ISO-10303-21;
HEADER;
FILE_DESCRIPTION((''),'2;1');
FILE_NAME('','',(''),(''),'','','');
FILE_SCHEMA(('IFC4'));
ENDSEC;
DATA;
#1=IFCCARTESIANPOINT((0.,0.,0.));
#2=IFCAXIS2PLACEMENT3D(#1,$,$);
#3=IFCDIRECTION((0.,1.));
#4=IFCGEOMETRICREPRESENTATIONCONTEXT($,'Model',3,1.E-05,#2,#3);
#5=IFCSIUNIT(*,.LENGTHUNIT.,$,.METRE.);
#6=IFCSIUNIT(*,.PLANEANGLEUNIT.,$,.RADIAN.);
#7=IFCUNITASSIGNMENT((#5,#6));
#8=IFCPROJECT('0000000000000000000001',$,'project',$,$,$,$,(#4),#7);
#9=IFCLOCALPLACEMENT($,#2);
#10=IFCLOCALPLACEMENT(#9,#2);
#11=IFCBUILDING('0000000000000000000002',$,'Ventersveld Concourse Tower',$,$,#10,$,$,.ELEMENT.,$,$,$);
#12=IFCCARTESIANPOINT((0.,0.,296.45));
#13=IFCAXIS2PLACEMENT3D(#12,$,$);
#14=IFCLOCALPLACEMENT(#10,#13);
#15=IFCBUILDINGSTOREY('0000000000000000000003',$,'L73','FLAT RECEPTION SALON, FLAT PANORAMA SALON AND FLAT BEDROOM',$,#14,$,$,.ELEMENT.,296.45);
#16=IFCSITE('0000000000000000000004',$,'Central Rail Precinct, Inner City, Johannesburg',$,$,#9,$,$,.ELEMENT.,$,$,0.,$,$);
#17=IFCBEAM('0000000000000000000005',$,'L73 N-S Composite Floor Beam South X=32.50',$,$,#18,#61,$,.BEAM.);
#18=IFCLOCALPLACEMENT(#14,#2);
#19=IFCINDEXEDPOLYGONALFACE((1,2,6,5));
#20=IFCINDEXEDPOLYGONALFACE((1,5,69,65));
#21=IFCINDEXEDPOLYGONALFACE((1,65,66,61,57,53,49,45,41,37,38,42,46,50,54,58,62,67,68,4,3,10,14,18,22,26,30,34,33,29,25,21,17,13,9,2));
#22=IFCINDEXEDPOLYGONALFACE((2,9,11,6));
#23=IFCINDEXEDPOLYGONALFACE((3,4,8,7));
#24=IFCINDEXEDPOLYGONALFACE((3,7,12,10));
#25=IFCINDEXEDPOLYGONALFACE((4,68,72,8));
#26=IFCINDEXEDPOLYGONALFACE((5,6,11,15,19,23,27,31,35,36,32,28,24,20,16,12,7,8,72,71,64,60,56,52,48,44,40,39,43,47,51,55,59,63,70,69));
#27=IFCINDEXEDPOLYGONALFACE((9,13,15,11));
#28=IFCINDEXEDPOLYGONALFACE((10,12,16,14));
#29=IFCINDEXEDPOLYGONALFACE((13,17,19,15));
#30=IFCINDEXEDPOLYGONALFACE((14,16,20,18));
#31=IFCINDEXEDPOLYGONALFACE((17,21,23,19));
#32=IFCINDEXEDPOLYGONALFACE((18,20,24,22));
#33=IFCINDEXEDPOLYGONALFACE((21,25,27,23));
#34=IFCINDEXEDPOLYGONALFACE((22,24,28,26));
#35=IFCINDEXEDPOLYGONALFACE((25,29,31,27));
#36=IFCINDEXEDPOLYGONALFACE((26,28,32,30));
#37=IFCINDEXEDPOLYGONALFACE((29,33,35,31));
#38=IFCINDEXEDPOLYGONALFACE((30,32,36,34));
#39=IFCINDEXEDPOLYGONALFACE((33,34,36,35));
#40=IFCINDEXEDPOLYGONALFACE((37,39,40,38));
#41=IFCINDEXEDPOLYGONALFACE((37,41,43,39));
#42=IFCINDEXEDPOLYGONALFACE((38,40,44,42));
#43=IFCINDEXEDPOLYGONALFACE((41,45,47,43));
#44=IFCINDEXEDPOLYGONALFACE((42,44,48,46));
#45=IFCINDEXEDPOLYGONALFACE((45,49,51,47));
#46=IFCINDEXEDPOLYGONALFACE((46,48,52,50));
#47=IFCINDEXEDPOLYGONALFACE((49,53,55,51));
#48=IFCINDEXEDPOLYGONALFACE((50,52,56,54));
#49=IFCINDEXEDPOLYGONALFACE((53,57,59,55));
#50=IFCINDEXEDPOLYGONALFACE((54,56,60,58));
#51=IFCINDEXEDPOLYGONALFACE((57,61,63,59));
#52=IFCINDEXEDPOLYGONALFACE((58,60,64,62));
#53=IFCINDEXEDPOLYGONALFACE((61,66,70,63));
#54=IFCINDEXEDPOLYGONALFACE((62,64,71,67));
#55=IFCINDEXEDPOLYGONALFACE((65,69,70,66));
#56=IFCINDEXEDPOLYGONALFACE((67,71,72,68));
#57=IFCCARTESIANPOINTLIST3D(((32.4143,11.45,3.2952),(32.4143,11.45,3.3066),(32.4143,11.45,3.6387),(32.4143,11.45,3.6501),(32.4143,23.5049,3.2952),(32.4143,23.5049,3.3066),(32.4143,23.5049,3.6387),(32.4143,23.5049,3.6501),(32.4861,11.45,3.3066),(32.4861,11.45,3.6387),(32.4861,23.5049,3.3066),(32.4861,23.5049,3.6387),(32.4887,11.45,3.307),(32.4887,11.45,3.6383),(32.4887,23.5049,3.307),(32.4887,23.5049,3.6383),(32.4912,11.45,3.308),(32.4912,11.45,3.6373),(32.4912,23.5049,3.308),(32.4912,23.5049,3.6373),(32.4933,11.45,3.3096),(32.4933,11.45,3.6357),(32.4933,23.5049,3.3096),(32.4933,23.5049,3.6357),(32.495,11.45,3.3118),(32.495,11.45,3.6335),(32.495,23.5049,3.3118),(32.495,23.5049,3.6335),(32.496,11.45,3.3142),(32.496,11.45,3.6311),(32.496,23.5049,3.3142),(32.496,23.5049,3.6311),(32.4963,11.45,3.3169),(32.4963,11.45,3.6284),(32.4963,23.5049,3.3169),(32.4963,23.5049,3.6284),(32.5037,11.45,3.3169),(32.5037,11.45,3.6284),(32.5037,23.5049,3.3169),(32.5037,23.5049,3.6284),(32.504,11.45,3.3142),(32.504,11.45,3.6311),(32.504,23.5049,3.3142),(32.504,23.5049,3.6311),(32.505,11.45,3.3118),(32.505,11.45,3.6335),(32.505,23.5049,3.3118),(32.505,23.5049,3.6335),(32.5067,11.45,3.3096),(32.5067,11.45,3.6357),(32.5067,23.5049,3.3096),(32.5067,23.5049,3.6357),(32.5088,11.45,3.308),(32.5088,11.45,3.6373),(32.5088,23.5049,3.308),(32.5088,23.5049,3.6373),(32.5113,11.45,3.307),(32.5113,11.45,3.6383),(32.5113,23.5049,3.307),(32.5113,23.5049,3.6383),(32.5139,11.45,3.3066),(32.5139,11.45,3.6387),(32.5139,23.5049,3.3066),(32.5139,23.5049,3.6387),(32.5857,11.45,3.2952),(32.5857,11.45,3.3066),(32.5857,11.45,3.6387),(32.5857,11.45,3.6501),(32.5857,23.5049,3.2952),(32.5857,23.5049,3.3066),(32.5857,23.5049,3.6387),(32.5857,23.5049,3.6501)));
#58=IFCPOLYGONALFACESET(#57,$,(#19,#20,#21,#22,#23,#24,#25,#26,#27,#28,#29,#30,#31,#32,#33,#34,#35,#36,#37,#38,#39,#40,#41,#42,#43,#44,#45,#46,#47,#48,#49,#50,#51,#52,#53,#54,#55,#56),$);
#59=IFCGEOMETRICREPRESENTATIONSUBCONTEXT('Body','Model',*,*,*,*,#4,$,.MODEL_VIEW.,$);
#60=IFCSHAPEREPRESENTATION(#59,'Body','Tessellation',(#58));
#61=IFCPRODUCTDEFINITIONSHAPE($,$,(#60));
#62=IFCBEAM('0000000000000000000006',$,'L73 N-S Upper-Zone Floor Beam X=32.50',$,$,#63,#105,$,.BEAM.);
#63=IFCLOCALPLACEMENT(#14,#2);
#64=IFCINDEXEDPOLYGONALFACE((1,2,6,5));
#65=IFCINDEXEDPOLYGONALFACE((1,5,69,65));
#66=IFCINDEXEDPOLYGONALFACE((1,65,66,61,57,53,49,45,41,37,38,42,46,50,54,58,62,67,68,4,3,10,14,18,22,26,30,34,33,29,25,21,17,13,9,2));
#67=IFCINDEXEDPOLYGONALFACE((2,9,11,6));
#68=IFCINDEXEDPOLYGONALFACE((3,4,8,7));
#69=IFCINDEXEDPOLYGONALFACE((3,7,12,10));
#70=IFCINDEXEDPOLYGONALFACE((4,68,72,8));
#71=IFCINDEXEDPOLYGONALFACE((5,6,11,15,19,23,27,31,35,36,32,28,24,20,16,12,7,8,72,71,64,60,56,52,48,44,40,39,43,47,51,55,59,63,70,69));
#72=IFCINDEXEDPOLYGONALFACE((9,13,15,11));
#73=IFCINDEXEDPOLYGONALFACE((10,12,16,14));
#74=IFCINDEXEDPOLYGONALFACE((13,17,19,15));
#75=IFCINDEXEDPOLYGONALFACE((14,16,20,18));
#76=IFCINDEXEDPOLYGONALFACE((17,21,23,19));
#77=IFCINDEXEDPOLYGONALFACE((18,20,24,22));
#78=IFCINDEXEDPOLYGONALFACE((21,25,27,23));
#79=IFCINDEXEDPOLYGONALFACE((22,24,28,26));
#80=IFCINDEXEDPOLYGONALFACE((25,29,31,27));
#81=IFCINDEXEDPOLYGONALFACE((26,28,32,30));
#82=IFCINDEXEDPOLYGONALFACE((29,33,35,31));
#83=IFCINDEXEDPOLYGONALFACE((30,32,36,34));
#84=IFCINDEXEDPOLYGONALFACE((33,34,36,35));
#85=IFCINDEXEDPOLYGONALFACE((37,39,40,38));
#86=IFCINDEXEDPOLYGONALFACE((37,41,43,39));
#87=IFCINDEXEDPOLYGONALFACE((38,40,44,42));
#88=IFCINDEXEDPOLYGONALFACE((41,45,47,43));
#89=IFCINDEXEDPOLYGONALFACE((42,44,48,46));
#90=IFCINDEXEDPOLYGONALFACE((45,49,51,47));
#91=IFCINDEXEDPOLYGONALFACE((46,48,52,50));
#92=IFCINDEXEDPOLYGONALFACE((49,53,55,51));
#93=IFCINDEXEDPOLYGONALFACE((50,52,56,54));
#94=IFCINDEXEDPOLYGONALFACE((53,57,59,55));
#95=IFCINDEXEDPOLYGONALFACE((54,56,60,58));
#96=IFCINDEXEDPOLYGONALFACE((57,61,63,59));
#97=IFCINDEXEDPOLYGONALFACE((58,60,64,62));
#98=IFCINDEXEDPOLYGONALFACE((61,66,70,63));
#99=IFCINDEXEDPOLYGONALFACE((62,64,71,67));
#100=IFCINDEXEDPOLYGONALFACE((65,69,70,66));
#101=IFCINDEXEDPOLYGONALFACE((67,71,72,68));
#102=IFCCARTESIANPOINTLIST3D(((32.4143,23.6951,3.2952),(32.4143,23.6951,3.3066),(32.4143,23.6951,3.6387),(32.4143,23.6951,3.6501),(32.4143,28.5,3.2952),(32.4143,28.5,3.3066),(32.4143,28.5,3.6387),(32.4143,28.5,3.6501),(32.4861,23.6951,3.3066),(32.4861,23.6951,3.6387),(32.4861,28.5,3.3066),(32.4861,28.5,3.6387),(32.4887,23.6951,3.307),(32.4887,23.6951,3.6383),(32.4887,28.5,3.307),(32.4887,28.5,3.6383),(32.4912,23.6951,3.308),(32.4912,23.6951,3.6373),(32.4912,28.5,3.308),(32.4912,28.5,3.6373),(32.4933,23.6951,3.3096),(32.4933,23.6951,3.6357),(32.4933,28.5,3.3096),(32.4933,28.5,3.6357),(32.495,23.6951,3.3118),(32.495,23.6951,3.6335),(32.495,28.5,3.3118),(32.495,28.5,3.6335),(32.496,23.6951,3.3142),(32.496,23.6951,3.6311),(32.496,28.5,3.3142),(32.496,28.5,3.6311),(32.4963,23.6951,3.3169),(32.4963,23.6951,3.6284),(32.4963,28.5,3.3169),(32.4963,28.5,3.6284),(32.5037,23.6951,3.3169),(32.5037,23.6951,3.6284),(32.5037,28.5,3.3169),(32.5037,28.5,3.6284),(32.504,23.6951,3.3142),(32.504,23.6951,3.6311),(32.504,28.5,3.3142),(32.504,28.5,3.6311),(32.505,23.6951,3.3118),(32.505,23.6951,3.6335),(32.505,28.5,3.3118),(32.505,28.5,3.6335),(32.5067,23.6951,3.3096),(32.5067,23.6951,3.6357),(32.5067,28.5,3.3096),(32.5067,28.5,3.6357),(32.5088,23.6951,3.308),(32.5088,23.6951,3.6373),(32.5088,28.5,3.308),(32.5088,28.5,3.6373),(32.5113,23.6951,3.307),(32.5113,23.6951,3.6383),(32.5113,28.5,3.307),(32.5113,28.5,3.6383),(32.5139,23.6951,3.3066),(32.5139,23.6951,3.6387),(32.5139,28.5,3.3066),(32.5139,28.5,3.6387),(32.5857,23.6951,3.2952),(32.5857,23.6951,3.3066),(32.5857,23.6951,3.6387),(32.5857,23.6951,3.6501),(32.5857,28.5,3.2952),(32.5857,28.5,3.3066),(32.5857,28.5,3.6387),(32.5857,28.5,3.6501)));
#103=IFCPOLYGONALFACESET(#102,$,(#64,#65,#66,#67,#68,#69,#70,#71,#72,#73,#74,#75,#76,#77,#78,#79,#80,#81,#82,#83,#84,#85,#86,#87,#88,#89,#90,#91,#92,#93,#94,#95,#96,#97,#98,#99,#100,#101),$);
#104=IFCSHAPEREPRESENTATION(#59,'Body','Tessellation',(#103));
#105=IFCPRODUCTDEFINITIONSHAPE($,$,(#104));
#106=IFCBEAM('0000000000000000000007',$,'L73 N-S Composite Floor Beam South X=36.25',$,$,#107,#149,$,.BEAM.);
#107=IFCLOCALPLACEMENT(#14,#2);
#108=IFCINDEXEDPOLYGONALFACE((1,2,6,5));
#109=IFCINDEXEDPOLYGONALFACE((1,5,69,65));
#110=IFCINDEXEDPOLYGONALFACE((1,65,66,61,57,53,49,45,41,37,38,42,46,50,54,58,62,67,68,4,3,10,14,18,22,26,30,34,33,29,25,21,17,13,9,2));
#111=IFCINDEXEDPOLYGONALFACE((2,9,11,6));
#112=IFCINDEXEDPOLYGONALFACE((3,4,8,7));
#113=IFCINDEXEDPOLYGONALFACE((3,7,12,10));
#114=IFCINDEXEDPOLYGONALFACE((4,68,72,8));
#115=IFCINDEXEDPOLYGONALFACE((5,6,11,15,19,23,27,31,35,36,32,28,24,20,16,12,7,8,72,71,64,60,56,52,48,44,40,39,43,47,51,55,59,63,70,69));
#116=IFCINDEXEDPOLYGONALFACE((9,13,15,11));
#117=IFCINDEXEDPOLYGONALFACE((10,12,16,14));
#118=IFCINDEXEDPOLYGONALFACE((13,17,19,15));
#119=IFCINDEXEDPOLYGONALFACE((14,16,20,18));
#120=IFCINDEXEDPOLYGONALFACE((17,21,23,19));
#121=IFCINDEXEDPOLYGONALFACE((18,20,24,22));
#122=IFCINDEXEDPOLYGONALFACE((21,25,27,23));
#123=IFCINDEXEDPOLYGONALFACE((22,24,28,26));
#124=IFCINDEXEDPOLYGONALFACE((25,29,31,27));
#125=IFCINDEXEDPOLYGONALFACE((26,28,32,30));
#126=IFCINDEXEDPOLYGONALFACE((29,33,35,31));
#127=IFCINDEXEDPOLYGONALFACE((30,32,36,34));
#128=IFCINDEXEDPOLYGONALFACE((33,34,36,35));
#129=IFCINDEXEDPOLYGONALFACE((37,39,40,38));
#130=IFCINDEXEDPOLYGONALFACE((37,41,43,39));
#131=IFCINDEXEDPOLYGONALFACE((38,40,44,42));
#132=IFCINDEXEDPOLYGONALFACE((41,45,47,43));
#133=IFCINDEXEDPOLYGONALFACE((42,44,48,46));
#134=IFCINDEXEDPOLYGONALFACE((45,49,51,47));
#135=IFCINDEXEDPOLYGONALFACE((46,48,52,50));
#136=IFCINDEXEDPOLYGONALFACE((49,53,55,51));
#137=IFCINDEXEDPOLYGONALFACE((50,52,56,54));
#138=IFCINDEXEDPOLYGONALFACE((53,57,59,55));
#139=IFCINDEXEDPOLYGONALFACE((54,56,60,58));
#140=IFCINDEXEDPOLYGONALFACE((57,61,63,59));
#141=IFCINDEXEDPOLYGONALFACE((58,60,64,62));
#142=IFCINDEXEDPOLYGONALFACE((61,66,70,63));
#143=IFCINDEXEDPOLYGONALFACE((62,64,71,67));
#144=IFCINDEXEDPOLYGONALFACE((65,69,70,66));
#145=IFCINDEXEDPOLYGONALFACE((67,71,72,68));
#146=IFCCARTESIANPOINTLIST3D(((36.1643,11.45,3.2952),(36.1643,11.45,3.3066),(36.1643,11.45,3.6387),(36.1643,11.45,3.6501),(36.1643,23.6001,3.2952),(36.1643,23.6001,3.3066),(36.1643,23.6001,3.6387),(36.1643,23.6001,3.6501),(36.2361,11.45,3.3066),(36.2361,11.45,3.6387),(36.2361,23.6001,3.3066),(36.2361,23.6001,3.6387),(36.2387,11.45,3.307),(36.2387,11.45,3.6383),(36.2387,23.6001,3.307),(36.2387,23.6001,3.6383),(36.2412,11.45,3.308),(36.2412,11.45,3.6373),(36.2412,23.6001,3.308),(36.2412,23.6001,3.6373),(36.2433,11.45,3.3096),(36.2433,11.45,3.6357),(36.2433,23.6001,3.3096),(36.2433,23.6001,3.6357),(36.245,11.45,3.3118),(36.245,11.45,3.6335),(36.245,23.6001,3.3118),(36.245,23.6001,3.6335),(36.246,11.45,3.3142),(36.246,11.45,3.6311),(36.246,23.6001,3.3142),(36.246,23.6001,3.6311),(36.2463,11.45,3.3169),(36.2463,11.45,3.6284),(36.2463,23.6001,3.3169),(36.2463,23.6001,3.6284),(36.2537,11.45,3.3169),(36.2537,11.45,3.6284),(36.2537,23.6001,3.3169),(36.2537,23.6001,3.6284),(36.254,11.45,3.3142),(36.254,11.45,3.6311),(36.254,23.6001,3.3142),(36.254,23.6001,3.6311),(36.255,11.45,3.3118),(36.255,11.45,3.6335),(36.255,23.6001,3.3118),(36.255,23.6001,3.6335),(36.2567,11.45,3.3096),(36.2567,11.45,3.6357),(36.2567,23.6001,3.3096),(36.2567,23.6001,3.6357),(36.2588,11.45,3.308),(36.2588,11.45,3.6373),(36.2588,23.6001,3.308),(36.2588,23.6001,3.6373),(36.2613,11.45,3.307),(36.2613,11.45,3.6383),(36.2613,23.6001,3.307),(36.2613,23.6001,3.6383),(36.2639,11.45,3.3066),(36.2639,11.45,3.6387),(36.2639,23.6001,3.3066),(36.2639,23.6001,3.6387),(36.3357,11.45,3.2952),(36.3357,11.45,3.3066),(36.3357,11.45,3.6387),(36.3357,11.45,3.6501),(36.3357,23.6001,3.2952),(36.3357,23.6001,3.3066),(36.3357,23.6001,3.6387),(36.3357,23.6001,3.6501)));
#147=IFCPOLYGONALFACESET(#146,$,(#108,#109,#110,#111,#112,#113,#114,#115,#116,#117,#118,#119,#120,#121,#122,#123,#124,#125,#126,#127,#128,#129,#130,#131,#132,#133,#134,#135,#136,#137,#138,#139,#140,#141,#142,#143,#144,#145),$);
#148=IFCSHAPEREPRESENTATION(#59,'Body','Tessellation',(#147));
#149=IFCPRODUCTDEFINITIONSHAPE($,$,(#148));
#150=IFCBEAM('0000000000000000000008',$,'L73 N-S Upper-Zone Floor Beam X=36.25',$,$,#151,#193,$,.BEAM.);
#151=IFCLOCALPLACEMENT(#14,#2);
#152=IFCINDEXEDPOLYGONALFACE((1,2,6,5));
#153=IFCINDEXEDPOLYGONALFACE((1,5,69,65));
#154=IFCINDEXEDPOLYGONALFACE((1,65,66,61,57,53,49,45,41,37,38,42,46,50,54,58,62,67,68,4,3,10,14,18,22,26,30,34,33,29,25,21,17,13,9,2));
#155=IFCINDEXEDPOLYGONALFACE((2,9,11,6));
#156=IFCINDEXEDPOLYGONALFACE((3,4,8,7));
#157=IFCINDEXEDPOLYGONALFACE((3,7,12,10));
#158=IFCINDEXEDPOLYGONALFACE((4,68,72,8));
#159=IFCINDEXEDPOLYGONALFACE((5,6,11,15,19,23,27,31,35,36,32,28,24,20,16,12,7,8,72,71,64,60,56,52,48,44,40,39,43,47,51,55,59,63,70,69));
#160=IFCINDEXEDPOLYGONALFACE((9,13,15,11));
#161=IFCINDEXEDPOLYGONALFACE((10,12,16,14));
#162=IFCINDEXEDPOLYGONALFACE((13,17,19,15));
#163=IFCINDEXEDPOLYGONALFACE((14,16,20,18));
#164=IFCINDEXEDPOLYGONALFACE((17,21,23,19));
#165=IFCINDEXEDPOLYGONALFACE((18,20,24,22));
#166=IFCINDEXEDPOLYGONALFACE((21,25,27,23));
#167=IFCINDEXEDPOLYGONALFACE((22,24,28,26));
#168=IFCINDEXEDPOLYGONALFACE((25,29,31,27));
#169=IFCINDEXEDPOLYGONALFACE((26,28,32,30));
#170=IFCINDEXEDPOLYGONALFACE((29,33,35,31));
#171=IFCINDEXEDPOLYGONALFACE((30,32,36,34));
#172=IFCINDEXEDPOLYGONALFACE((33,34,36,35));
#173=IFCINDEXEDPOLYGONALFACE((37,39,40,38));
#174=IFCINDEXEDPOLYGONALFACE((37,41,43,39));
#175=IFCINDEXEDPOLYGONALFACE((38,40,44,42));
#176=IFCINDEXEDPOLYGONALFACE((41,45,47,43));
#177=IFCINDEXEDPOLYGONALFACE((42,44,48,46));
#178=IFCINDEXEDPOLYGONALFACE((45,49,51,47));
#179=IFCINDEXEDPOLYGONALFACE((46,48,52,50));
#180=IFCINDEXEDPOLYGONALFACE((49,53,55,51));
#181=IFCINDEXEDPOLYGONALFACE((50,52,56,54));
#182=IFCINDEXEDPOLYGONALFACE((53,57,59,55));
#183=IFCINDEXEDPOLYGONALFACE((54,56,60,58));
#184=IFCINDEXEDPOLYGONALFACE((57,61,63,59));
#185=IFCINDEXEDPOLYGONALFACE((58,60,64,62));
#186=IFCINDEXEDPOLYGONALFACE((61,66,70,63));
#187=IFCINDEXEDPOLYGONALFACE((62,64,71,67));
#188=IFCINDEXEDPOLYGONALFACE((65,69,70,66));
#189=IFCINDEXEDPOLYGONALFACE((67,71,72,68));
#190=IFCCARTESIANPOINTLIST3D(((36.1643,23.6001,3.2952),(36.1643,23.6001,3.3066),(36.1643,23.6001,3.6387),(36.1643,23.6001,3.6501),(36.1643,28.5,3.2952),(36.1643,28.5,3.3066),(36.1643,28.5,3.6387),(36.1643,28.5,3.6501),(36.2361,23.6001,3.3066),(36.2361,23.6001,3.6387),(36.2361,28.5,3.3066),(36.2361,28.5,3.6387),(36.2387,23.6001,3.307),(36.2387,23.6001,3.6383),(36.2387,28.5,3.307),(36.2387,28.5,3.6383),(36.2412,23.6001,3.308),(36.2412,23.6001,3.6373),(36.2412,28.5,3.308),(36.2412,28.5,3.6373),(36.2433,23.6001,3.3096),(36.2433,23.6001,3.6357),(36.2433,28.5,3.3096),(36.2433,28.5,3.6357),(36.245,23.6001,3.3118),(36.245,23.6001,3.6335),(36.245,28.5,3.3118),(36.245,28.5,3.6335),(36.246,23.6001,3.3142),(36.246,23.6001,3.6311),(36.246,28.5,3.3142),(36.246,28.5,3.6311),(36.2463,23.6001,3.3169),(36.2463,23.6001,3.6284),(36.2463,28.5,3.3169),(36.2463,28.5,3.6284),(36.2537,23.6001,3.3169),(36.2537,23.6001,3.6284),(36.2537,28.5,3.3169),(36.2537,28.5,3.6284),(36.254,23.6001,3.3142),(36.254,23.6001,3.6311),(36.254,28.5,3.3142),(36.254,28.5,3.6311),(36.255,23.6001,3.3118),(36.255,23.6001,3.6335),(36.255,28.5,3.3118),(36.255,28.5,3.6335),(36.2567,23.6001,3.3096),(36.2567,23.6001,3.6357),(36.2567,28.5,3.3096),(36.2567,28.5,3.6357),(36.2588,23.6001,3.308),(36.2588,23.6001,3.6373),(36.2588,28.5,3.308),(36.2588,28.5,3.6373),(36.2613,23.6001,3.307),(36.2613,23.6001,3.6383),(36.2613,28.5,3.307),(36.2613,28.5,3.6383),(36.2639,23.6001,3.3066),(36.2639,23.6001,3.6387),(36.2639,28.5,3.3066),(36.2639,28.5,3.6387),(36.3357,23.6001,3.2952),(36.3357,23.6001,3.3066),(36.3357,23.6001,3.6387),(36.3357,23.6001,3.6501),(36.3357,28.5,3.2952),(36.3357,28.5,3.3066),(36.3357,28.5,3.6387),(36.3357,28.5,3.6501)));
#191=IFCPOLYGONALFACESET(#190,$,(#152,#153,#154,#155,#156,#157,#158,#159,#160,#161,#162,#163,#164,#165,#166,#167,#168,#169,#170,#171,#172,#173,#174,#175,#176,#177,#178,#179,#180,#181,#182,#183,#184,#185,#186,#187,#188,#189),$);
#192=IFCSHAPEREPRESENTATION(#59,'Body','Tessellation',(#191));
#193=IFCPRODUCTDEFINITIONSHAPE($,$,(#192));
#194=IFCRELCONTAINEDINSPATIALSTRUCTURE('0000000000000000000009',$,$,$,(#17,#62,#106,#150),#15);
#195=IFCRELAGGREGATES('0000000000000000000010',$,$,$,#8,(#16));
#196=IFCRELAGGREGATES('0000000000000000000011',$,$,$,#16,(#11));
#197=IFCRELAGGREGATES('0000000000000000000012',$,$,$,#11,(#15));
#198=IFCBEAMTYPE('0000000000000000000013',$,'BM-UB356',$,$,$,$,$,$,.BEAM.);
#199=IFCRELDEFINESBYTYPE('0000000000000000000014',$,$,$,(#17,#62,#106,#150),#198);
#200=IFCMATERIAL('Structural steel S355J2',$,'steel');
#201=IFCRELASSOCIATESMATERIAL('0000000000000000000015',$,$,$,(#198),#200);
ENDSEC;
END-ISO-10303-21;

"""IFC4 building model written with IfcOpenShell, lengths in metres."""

from ifc_helpers import new_model, si_unit, direction, frame, origin, origin_2d, place, context, subcontext, project, spatial, i_section, extrude, material, material_profile, profile_set, type_object, element, save


model = new_model("IFC4")

# Units and contexts
model_context = context("Model", 3, precision=1e-05, world=origin(), true_north=direction((0.0, 1.0)))
body_context = subcontext(model_context, "Body", "Model", "MODEL_VIEW")
ifc_project = project(units=[si_unit("LENGTHUNIT", "METRE"), si_unit("PLANEANGLEUNIT", "RADIAN")], contexts=[model_context])

# Site, building, storey
site_placement = place(None, origin())
site = spatial("IfcSite", under=ifc_project, at=site_placement, Name="Central Rail Precinct, Inner City, Johannesburg", CompositionType="ELEMENT", RefElevation=0.0)
building_placement = place(site_placement, origin())
building = spatial("IfcBuilding", under=site, at=building_placement, Name="Ventersveld Concourse Tower", CompositionType="ELEMENT")
storey_placement = place(building_placement, frame((0.0, 0.0, 296.45)))
storey = spatial("IfcBuildingStorey", under=building, at=storey_placement, Name="L73", Description="FLAT RECEPTION SALON, FLAT PANORAMA SALON AND FLAT BEDROOM", CompositionType="ELEMENT", Elevation=296.45)

# Beams
ifc_material_1 = material(Name="Structural steel S355J2", Category="steel")
ifc_material_profile_1 = material_profile(ifc_material_1, i_section(OverallWidth=0.1714, OverallDepth=0.355, WebThickness=0.0073, FlangeThickness=0.0115, FilletRadius=0.0103, at=origin_2d()), Name="UB 356x171x51")
ifc_profile_set_1 = profile_set([ifc_material_profile_1], Name="Structural steel S355J2")
beam_type_1 = type_object("IfcBeamType", Name="BM-UB356", PredefinedType="BEAM", material=ifc_profile_set_1)
beam_1_placement = place(storey_placement, frame((32.5, 11.45, 3.4727), z_axis=(0.0, 1.0, 0.0), x_axis=(-1.0, 0.0, 0.0)))
element("IfcBeam", 1, at=beam_1_placement, inside=storey, type_object=beam_type_1, Name="L73 N-S Composite Floor Beam South X=32.50", PredefinedType="BEAM", context=body_context, shape_type="SweptSolid", body=[
    extrude(i_section(OverallWidth=0.1714, OverallDepth=0.355, WebThickness=0.0073, FlangeThickness=0.0115, FilletRadius=0.0103, at=origin_2d()), origin(), (0.0, 0.0, 1.0), 12.0549),
])
beam_2_placement = place(storey_placement, frame((32.5, 23.6951, 3.4727), z_axis=(0.0, 1.0, 0.0), x_axis=(-1.0, 0.0, 0.0)))
element("IfcBeam", 2, at=beam_2_placement, inside=storey, type_object=beam_type_1, Name="L73 N-S Upper-Zone Floor Beam X=32.50", PredefinedType="BEAM", context=body_context, shape_type="SweptSolid", body=[
    extrude(i_section(OverallWidth=0.1714, OverallDepth=0.355, WebThickness=0.0073, FlangeThickness=0.0115, FilletRadius=0.0103, at=origin_2d()), origin(), (0.0, 0.0, 1.0), 4.8049),
])
beam_3_placement = place(storey_placement, frame((36.25, 11.45, 3.4727), z_axis=(0.0, 1.0, 0.0), x_axis=(-1.0, 0.0, 0.0)))
element("IfcBeam", 3, at=beam_3_placement, inside=storey, type_object=beam_type_1, Name="L73 N-S Composite Floor Beam South X=36.25", PredefinedType="BEAM", context=body_context, shape_type="SweptSolid", body=[
    extrude(i_section(OverallWidth=0.1714, OverallDepth=0.355, WebThickness=0.0073, FlangeThickness=0.0115, FilletRadius=0.0103, at=origin_2d()), origin(), (0.0, 0.0, 1.0), 12.1501),
])
beam_4_placement = place(storey_placement, frame((36.25, 23.6001, 3.4727), z_axis=(0.0, 1.0, 0.0), x_axis=(-1.0, 0.0, 0.0)))
element("IfcBeam", 4, at=beam_4_placement, inside=storey, type_object=beam_type_1, Name="L73 N-S Upper-Zone Floor Beam X=36.25", PredefinedType="BEAM", context=body_context, shape_type="SweptSolid", body=[
    extrude(i_section(OverallWidth=0.1714, OverallDepth=0.355, WebThickness=0.0073, FlangeThickness=0.0115, FilletRadius=0.0103, at=origin_2d()), origin(), (0.0, 0.0, 1.0), 4.8999),
])

save(model, "model.ifc")
